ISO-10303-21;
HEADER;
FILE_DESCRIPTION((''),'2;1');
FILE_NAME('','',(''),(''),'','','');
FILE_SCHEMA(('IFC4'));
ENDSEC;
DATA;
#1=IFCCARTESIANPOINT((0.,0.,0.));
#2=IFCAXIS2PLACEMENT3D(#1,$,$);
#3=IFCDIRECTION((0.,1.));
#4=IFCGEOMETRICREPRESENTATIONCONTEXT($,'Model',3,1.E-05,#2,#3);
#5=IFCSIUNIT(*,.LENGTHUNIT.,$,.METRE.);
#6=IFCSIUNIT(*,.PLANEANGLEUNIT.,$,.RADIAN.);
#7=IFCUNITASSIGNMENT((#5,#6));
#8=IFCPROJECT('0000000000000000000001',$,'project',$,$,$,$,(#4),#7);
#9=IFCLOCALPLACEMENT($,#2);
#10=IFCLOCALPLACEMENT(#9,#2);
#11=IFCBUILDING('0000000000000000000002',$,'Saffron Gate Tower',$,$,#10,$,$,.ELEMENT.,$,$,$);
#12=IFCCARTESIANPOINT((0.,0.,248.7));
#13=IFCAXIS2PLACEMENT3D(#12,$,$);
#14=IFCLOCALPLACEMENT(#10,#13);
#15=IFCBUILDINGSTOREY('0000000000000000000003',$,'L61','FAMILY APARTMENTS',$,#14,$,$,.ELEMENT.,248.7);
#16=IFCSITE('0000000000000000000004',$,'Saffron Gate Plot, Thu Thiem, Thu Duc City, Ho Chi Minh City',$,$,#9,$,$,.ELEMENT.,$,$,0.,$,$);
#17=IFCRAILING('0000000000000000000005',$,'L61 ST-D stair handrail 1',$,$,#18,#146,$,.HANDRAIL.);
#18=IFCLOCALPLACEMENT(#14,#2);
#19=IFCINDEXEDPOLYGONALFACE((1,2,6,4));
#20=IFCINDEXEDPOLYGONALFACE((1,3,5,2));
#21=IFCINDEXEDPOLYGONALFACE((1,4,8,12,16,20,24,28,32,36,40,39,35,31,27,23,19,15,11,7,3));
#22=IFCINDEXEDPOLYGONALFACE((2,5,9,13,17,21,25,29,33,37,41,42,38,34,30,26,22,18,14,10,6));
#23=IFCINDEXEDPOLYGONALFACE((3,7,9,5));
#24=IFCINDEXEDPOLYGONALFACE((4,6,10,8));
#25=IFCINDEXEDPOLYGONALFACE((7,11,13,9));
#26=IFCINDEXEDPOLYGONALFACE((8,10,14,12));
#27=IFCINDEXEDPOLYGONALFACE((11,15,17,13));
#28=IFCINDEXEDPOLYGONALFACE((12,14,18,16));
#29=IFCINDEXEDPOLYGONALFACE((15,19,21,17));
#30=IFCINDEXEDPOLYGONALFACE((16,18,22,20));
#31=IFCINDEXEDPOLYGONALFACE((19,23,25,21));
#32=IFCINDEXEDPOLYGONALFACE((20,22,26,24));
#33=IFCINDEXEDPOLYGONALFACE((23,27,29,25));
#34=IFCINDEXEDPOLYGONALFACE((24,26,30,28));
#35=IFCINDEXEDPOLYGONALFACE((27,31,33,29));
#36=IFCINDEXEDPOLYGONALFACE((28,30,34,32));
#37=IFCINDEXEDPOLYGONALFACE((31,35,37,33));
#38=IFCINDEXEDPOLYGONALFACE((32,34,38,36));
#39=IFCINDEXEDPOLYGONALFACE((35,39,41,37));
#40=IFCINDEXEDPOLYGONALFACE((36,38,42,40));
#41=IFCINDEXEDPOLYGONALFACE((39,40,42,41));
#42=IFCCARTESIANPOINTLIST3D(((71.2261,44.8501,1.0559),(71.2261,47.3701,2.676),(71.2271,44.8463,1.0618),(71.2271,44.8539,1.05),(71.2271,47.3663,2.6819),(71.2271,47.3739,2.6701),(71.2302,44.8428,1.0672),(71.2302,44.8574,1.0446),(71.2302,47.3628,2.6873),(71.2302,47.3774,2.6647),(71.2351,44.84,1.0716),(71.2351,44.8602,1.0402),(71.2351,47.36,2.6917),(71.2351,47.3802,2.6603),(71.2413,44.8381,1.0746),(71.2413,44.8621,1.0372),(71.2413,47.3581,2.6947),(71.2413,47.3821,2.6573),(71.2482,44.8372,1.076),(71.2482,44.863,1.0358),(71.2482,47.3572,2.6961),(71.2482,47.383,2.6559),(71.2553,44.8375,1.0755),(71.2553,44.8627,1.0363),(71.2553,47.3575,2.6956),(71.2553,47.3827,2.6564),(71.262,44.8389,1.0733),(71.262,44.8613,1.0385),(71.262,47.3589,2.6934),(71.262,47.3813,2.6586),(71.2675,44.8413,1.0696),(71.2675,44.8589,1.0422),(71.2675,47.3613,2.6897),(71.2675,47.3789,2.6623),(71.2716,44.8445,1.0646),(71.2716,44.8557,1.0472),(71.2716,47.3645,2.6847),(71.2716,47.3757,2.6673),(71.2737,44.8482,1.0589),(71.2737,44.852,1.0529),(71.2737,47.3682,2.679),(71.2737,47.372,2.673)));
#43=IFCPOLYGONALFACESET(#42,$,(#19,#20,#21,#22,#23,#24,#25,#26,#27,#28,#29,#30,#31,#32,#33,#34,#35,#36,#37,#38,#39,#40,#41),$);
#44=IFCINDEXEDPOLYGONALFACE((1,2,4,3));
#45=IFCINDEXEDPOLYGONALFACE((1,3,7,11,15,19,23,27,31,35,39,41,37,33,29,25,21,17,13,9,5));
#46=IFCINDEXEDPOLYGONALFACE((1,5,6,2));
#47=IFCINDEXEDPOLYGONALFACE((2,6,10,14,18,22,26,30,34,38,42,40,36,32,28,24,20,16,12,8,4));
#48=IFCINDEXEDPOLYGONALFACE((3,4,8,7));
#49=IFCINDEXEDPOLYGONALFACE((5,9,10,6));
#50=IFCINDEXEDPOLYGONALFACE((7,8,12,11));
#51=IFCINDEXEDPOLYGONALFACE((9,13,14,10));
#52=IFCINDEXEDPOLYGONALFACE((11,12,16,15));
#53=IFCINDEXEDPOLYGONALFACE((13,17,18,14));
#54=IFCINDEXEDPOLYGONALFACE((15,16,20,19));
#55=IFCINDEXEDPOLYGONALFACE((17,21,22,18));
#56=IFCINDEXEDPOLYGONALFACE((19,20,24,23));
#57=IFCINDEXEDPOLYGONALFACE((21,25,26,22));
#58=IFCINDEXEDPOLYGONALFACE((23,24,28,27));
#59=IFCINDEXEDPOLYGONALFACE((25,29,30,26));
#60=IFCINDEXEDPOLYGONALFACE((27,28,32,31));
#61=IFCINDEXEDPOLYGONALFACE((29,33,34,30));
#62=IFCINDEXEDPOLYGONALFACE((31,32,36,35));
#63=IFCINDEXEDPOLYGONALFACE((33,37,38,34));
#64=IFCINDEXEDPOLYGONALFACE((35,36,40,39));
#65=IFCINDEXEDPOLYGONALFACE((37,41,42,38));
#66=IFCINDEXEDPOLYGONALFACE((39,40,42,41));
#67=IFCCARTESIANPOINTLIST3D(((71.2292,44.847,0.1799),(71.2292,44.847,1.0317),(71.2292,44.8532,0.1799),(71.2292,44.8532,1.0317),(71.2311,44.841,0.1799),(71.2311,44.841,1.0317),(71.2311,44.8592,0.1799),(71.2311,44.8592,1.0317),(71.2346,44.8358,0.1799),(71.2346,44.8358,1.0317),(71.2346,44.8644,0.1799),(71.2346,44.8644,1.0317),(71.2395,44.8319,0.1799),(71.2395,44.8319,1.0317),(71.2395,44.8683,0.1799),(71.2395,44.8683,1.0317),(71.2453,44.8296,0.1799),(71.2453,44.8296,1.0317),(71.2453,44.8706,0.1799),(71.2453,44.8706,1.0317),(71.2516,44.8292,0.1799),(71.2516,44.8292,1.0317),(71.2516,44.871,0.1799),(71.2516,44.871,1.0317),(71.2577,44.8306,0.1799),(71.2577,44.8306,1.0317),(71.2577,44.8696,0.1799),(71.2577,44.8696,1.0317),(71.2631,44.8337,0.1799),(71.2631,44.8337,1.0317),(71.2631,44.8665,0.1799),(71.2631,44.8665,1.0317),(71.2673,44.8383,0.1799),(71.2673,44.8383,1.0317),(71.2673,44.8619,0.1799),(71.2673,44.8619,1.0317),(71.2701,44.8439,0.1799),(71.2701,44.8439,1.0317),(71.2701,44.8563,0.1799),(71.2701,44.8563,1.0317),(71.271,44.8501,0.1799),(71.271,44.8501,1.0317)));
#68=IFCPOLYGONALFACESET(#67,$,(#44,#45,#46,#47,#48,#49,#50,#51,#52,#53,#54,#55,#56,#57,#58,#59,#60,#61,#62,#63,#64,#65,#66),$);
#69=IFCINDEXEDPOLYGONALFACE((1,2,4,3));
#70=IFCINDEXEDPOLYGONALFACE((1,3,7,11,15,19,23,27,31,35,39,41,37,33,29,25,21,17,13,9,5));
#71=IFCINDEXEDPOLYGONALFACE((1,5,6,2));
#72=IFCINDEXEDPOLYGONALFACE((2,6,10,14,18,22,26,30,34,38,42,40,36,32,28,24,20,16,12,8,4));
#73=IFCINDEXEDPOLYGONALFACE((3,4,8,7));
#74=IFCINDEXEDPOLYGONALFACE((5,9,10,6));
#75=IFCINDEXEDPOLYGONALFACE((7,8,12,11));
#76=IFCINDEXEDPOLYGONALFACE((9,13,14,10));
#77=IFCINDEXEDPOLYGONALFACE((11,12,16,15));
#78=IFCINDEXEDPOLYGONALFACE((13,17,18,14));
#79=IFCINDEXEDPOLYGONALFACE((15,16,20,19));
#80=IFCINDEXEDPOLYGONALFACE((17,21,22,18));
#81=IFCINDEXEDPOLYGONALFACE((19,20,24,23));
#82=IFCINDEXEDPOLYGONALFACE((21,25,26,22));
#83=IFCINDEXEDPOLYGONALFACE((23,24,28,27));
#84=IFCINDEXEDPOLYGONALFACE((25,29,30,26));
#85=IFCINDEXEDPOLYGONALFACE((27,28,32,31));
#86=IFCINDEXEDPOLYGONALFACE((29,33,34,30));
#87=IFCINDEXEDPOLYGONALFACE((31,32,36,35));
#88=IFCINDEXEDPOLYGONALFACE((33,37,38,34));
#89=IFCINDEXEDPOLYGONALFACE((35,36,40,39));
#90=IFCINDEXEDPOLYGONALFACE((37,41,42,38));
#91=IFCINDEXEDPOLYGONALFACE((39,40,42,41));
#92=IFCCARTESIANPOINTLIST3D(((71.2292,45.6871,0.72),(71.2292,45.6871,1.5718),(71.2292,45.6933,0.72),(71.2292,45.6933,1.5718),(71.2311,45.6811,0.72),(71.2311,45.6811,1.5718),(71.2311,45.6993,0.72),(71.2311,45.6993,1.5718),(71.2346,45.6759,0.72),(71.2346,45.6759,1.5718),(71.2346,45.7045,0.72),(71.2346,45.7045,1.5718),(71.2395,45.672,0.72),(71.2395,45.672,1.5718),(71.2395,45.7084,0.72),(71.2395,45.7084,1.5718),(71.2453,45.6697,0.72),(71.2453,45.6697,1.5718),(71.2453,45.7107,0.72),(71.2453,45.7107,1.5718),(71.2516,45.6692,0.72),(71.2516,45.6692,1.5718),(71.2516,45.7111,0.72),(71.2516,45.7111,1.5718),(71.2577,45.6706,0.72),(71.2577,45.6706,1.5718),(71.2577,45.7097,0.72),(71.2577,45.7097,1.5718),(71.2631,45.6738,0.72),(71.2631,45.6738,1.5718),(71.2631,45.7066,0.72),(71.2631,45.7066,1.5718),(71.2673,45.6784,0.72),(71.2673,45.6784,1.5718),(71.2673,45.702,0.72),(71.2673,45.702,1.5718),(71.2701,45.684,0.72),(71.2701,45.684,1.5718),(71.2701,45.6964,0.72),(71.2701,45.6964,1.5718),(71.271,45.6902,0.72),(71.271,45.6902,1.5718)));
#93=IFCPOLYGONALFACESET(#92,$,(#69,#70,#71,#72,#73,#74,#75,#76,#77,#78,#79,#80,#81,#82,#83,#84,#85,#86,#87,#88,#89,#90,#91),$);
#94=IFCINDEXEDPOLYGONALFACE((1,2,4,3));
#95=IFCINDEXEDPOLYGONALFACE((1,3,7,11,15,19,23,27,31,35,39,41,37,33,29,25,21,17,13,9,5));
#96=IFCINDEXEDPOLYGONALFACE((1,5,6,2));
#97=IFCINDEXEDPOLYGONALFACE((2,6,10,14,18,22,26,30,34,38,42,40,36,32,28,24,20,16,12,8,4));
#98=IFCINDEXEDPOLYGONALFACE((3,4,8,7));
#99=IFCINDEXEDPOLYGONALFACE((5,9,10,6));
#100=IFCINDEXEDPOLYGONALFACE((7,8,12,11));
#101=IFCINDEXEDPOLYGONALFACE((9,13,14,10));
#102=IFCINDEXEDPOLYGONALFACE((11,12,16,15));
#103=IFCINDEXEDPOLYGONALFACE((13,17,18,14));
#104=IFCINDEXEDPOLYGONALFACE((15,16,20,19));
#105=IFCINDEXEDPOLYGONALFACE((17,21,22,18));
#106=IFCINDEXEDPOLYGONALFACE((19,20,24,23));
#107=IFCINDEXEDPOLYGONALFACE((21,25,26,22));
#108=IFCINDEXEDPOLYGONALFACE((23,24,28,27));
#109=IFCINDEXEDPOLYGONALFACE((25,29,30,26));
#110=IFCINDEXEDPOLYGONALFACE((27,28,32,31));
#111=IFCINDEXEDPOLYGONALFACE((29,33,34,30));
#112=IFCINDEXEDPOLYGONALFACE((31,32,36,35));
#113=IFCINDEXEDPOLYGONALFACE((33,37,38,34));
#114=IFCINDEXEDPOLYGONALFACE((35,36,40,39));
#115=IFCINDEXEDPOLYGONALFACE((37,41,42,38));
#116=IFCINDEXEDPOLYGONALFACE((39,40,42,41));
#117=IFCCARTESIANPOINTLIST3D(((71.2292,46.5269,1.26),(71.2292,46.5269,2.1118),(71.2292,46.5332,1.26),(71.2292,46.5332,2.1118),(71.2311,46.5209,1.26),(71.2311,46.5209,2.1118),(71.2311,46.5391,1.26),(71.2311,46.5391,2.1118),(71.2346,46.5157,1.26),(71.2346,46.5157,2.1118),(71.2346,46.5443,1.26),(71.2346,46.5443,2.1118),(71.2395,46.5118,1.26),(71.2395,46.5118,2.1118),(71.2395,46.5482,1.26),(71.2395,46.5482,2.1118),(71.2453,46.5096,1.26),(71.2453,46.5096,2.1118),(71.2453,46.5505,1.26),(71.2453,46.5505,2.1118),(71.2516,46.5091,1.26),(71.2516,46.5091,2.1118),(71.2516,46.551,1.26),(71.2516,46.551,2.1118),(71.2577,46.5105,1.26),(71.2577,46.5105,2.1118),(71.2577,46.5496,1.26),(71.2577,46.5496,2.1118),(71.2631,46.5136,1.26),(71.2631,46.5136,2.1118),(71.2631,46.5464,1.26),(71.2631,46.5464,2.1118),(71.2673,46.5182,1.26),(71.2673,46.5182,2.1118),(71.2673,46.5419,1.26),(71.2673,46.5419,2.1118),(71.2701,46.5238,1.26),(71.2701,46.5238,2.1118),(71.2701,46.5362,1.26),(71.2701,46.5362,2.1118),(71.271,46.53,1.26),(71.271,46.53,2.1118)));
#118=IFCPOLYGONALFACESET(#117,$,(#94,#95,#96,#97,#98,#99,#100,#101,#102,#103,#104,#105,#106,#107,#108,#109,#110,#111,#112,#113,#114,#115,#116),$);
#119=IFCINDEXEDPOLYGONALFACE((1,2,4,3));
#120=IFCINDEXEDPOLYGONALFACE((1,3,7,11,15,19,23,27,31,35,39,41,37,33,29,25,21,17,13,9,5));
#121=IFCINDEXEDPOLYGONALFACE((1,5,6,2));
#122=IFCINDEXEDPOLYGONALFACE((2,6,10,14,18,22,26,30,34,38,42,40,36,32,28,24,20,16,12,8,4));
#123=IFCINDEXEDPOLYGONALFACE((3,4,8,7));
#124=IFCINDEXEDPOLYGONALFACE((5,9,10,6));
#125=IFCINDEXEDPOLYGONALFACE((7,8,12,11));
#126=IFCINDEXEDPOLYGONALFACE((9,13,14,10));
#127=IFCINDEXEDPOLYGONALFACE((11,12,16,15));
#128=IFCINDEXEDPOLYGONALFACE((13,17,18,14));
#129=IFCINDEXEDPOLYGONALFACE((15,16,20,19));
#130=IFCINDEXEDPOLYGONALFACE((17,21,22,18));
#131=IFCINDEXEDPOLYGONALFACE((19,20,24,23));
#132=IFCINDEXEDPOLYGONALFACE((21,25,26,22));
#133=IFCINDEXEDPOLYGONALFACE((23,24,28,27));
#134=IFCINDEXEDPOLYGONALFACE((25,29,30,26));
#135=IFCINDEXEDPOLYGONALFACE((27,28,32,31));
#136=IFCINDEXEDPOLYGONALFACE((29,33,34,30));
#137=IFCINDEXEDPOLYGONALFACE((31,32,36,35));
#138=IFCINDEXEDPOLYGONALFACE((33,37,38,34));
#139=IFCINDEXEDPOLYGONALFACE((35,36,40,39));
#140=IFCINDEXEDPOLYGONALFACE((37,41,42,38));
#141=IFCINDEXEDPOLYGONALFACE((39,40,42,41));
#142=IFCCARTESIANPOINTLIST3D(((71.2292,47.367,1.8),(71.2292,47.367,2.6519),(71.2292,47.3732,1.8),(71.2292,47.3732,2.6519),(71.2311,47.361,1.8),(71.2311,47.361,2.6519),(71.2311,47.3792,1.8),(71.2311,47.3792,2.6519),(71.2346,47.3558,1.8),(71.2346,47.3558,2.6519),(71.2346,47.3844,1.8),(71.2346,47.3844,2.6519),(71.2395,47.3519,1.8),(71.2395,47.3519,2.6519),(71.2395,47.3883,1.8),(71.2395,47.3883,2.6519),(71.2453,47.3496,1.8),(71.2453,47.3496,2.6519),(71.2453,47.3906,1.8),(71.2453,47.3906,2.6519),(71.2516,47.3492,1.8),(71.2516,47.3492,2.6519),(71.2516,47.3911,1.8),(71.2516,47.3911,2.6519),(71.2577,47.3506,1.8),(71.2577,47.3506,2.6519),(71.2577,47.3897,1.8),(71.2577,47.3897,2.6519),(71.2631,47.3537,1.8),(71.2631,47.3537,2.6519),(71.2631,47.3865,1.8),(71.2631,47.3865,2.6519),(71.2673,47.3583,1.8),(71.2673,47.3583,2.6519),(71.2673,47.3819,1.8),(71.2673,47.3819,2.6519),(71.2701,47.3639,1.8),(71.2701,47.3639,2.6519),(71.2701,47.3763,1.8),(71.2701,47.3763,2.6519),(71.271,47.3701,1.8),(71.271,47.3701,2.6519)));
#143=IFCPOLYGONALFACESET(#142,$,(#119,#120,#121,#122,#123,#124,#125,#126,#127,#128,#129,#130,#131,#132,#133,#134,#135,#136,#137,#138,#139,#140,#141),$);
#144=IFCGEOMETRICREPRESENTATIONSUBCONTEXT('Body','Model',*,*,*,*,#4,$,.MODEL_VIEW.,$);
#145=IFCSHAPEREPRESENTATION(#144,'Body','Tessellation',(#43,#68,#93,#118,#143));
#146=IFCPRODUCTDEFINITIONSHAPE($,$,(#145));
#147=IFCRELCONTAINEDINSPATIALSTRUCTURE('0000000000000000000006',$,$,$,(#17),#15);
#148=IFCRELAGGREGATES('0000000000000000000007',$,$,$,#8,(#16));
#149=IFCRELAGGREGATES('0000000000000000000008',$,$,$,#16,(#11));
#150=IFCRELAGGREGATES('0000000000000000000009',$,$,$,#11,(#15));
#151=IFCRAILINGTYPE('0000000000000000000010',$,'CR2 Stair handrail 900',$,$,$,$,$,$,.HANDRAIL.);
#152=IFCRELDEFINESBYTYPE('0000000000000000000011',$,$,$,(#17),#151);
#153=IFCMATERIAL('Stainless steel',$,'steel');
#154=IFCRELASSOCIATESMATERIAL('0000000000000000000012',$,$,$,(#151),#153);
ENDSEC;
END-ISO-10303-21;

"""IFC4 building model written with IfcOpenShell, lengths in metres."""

from ifc_helpers import new_model, si_unit, direction, frame, origin, origin_2d, place, context, subcontext, project, spatial, circle, extrude, material, type_object, element, save


model = new_model("IFC4")

# Units and contexts
model_context = context("Model", 3, precision=1e-05, world=origin(), true_north=direction((0.0, 1.0)))
body_context = subcontext(model_context, "Body", "Model", "MODEL_VIEW")
ifc_project = project(units=[si_unit("LENGTHUNIT", "METRE"), si_unit("PLANEANGLEUNIT", "RADIAN")], contexts=[model_context])

# Site, building, storey
site_placement = place(None, origin())
site = spatial("IfcSite", under=ifc_project, at=site_placement, Name="Saffron Gate Plot, Thu Thiem, Thu Duc City, Ho Chi Minh City", CompositionType="ELEMENT", RefElevation=0.0)
building_placement = place(site_placement, origin())
building = spatial("IfcBuilding", under=site, at=building_placement, Name="Saffron Gate Tower", CompositionType="ELEMENT")
storey_placement = place(building_placement, frame((0.0, 0.0, 248.7)))
storey = spatial("IfcBuildingStorey", under=building, at=storey_placement, Name="L61", Description="FAMILY APARTMENTS", CompositionType="ELEMENT", Elevation=248.7)

# Railing
ifc_material_1 = material(Name="Stainless steel", Category="steel")
railing_type_1 = type_object("IfcRailingType", Name="CR2 Stair handrail 900", PredefinedType="HANDRAIL", material=ifc_material_1)
railing_1_placement = place(storey_placement, frame((71.25, 44.8501, 0.1799)))
element("IfcRailing", 1, at=railing_1_placement, inside=storey, type_object=railing_type_1, Name="L61 ST-D stair handrail 1", PredefinedType="HANDRAIL", context=body_context, shape_type="SweptSolid", body=[
    extrude(circle(Radius=0.0239, at=origin_2d()), frame((0.0, 0.0, 0.876), z_axis=(0.0, 0.841163, 0.540782), x_axis=(-1.0, 0.0, 0.0)), (0.0, 0.0, 1.0), 2.9958),
    extrude(circle(Radius=0.021, at=origin_2d()), origin(), (0.0, 0.0, 1.0), 0.8518),
    extrude(circle(Radius=0.021, at=origin_2d()), frame((0.0, 0.8401, 0.54)), (0.0, 0.0, 1.0), 0.8518),
    extrude(circle(Radius=0.021, at=origin_2d()), frame((0.0, 1.6799, 1.0801)), (0.0, 0.0, 1.0), 0.8518),
    extrude(circle(Radius=0.021, at=origin_2d()), frame((0.0, 2.52, 1.6201)), (0.0, 0.0, 1.0), 0.8518),
])

save(model, "model.ifc")
